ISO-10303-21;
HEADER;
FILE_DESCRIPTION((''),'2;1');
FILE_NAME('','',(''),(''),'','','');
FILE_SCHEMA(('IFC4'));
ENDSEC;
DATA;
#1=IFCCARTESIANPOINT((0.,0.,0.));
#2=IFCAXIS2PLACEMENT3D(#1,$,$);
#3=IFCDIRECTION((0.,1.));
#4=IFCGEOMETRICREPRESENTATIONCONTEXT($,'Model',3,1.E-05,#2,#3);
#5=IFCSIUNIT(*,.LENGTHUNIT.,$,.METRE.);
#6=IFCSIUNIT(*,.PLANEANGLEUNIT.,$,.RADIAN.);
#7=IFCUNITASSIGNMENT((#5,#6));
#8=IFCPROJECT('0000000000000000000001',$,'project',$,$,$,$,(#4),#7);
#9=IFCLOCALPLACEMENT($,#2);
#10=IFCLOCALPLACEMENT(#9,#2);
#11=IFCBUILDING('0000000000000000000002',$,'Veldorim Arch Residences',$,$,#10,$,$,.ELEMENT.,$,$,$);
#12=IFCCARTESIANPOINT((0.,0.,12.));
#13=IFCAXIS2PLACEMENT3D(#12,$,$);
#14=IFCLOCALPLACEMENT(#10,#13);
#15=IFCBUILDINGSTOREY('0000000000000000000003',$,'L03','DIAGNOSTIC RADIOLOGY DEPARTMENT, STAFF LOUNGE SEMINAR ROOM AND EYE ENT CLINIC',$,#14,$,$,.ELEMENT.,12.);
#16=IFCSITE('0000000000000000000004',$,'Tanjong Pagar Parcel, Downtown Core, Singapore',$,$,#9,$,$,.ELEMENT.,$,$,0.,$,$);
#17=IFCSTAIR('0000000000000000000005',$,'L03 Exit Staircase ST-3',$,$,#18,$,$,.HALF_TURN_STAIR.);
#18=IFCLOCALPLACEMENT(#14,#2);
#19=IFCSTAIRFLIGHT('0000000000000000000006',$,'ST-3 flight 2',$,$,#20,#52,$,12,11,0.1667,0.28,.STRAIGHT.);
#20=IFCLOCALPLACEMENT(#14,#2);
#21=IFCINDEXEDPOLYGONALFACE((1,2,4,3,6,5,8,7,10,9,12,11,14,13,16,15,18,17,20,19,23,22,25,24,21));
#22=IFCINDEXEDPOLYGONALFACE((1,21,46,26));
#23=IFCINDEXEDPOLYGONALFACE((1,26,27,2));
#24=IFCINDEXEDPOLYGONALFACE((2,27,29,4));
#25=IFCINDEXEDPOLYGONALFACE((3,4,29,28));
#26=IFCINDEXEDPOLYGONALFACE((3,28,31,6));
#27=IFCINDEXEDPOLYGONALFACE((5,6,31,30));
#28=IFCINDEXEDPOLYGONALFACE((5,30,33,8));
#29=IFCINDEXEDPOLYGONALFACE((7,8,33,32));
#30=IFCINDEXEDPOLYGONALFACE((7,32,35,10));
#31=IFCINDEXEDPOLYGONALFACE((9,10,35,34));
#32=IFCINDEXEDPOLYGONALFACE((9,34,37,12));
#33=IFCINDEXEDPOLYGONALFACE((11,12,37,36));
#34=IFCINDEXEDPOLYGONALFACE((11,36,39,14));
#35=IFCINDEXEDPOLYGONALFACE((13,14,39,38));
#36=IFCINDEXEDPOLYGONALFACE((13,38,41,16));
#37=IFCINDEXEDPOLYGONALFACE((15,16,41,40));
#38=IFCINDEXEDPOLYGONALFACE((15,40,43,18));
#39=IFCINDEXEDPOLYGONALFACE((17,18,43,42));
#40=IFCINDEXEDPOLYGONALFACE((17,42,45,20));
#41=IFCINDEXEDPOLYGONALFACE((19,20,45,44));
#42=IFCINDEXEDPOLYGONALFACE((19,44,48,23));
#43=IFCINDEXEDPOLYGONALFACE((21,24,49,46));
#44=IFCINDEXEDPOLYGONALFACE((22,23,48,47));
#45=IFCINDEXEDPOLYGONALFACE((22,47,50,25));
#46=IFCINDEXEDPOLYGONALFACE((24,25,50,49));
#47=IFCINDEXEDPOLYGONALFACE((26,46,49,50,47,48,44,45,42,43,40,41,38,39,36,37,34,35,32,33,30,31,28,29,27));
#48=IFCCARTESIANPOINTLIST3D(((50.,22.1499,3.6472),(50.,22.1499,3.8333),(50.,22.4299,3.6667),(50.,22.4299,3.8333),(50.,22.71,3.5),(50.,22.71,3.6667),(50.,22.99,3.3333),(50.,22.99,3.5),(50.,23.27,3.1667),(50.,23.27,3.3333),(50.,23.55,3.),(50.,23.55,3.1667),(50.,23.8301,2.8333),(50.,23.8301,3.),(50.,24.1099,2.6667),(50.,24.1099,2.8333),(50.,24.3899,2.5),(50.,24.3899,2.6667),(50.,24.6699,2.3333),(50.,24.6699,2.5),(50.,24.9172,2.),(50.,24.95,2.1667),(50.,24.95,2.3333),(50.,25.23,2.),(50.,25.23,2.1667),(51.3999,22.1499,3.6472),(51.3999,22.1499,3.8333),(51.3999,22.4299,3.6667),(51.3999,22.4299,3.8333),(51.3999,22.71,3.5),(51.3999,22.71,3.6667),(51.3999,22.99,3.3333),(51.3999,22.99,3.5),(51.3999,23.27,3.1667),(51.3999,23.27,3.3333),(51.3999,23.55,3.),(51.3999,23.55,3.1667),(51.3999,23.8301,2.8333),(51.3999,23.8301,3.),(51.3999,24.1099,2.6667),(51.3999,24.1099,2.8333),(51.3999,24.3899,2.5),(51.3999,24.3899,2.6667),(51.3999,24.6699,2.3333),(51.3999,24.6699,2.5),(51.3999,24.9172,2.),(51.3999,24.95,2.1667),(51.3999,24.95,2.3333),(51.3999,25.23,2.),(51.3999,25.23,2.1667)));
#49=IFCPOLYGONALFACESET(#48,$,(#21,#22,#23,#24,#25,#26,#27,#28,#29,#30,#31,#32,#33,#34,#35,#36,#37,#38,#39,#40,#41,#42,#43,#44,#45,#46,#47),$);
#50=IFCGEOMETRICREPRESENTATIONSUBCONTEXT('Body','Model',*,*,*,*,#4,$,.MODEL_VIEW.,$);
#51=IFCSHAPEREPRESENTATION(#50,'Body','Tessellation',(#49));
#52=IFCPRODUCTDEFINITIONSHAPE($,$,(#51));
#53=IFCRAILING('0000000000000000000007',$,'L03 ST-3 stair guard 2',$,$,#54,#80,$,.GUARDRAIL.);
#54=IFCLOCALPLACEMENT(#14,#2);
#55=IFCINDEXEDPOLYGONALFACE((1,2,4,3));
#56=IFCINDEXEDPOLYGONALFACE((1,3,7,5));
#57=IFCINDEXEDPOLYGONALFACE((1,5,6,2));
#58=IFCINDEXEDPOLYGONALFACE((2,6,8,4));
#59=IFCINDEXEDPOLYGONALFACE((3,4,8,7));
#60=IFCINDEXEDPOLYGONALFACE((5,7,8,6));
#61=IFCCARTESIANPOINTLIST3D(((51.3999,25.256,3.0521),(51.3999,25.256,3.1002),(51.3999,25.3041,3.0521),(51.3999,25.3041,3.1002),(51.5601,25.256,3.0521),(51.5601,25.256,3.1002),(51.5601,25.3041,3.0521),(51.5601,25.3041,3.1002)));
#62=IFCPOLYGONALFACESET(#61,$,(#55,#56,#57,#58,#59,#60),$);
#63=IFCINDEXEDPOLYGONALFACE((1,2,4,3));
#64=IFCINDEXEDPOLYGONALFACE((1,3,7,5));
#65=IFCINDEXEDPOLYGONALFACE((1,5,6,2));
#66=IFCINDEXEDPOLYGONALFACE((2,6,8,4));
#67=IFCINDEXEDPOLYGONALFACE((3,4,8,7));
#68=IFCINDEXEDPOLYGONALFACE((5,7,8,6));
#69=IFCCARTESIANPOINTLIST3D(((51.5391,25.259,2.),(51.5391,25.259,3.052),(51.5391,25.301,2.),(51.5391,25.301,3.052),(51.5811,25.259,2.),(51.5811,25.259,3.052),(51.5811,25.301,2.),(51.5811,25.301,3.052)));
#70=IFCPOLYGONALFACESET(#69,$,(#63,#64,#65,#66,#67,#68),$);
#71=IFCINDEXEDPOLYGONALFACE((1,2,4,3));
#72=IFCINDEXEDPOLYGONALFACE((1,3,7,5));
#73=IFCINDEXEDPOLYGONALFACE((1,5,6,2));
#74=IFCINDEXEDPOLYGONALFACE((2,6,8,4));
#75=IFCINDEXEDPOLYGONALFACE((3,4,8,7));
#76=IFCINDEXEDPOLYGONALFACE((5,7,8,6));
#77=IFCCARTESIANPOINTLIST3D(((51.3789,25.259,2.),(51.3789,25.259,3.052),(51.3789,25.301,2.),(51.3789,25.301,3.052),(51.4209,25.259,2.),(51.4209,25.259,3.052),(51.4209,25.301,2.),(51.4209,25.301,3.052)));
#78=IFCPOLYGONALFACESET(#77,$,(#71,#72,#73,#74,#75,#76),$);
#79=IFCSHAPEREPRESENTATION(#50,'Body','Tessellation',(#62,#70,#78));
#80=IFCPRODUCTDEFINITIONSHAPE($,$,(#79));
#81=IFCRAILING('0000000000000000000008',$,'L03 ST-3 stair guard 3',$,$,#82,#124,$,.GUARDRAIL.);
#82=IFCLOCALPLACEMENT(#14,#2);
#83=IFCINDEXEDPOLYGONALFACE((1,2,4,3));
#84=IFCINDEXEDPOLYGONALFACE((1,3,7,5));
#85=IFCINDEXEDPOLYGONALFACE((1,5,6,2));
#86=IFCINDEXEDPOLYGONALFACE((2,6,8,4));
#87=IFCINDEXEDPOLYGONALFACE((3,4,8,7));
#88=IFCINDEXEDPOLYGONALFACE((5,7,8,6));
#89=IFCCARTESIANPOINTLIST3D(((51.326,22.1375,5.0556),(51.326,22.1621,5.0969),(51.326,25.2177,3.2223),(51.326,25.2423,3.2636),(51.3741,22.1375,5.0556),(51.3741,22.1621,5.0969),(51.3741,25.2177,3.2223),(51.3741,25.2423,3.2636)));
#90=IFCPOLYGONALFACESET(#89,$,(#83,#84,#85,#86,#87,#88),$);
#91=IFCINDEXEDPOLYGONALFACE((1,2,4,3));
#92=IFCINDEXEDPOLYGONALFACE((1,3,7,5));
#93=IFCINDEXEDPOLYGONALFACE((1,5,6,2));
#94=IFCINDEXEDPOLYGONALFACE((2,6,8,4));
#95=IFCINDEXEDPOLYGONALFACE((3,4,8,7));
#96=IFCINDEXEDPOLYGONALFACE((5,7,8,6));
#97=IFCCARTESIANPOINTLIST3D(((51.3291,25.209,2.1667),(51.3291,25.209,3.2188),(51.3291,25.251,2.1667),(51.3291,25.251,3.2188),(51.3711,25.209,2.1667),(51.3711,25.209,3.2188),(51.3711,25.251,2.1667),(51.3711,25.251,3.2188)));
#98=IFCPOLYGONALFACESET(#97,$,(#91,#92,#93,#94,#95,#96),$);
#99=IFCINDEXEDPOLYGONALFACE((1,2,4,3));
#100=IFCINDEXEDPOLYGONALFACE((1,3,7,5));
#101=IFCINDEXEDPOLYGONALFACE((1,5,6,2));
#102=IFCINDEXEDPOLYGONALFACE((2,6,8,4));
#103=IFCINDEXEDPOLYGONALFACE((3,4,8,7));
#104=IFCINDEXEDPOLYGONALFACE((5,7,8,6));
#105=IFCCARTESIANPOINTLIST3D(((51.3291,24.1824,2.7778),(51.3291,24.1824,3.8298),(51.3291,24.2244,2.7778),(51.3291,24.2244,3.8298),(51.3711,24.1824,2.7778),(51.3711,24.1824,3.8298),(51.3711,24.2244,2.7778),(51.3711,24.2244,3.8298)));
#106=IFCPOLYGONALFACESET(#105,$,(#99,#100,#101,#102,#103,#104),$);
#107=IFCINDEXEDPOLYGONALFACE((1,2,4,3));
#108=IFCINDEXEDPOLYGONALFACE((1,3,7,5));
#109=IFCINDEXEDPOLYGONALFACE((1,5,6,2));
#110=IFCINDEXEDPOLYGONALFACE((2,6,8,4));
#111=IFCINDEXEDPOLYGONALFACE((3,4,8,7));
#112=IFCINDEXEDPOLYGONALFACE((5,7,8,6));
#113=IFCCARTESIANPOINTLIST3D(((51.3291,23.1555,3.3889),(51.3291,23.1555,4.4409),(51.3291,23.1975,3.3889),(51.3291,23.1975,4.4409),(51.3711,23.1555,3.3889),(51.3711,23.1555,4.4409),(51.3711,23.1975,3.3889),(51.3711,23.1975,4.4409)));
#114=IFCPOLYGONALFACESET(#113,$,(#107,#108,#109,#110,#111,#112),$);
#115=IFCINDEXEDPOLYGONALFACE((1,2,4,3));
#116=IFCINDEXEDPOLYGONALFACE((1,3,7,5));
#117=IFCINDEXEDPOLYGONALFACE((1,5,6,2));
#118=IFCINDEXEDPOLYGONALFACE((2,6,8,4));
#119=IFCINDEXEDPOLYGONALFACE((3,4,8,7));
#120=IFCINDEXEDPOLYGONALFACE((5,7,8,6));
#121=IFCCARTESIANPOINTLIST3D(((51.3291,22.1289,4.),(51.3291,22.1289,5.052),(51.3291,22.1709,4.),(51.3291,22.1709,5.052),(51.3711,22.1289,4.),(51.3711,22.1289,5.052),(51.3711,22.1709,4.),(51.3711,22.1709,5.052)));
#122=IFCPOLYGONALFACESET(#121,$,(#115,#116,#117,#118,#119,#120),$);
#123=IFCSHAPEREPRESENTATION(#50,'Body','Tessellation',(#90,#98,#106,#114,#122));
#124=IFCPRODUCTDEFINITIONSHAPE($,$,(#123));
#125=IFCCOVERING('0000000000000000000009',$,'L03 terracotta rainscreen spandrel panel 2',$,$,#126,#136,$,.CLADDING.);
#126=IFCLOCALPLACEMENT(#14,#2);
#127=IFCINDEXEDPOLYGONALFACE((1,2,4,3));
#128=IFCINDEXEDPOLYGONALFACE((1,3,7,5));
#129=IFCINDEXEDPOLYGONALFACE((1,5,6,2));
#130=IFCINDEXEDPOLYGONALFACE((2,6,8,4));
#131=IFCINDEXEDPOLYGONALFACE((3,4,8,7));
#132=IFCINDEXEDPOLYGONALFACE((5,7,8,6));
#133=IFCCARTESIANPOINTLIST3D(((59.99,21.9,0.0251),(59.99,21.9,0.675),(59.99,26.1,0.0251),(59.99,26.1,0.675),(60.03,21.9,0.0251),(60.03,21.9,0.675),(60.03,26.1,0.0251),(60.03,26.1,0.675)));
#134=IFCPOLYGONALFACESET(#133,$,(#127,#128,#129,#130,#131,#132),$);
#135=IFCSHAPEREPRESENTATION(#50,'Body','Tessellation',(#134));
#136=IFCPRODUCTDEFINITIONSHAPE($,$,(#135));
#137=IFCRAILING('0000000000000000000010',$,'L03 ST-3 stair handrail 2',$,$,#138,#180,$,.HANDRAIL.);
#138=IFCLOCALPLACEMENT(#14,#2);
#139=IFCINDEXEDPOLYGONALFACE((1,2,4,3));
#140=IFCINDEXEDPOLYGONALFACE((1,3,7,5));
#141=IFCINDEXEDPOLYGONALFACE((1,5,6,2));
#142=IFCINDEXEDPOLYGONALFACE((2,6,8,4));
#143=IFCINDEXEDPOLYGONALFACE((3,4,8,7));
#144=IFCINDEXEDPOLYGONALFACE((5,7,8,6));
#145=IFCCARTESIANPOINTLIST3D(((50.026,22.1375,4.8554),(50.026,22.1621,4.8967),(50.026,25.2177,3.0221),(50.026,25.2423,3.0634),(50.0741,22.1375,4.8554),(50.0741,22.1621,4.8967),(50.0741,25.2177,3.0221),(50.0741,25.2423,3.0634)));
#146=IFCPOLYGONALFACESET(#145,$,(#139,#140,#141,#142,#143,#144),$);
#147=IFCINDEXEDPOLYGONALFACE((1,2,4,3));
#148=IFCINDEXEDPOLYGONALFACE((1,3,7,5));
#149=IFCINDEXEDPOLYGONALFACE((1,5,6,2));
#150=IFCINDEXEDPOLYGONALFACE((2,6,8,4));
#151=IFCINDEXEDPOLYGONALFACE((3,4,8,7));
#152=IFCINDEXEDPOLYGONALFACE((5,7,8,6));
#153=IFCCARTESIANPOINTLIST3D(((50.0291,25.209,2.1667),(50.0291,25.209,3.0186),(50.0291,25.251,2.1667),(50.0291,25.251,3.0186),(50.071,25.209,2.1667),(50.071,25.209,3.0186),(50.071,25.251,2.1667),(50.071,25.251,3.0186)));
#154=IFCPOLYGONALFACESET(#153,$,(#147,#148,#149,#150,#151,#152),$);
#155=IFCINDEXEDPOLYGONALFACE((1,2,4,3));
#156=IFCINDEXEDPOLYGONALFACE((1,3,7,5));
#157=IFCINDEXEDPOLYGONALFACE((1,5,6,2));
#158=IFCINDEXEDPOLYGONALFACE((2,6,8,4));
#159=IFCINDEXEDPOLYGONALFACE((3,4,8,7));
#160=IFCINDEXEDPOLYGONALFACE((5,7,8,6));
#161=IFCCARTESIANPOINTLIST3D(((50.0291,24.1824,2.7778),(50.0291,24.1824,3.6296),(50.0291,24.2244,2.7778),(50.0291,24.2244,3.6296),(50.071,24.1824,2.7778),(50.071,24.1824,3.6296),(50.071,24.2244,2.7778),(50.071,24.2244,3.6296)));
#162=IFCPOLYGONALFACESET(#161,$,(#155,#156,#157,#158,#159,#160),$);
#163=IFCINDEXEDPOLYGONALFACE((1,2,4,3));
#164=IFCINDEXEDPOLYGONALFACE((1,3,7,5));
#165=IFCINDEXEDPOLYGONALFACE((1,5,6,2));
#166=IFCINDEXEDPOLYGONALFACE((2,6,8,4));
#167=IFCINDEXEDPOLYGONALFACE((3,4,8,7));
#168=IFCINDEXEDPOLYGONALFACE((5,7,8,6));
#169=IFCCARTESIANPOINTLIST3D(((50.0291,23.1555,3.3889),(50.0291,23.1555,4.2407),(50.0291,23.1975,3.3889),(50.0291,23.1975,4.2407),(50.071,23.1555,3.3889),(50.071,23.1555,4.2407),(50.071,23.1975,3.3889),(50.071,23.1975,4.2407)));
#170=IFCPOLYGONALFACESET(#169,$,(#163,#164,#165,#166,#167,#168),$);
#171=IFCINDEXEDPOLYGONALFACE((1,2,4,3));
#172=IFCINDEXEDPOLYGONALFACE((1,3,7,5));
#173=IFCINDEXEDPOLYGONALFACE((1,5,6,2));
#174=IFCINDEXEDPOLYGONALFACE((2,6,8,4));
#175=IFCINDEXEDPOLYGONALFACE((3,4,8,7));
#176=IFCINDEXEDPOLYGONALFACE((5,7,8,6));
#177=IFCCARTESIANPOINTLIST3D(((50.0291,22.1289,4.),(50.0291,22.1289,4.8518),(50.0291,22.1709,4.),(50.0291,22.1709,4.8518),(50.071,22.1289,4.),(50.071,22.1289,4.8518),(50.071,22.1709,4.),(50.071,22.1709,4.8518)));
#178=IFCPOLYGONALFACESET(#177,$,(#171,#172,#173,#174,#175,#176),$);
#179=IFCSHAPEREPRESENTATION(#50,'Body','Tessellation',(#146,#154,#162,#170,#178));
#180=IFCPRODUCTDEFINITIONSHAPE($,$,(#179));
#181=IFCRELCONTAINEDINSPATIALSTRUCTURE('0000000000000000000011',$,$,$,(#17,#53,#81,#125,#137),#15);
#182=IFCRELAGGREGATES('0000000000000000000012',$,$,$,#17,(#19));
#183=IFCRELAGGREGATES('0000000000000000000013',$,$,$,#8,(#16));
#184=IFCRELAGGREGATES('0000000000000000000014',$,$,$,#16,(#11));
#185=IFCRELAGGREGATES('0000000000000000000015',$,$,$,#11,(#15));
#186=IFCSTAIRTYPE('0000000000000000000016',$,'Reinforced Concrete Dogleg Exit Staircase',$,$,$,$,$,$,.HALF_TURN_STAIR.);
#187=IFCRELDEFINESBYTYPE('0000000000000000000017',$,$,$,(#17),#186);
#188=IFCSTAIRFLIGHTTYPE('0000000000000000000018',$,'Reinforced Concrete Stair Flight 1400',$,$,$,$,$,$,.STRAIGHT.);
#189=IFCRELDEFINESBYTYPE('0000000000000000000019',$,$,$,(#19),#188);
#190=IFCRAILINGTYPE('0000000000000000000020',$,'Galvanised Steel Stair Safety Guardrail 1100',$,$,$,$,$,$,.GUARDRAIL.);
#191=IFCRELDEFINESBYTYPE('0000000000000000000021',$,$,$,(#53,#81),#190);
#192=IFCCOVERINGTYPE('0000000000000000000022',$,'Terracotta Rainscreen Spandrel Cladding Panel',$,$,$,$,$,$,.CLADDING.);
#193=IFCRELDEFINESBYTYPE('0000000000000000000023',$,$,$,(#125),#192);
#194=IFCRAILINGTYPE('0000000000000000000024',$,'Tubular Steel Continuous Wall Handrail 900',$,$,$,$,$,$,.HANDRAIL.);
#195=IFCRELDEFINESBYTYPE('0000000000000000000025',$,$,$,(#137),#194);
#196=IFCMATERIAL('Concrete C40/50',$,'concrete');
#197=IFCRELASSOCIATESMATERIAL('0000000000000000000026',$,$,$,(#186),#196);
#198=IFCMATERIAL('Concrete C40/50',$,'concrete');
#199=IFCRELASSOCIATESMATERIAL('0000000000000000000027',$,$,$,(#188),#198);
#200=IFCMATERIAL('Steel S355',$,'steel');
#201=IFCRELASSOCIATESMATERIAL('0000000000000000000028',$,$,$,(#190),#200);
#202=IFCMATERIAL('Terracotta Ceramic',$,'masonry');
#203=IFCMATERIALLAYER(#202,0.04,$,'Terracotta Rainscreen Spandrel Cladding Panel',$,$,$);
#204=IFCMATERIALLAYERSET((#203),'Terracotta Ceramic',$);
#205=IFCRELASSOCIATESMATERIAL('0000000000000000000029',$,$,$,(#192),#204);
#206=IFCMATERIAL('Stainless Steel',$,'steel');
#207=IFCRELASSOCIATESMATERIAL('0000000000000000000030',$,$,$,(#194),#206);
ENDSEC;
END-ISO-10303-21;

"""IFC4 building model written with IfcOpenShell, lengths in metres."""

from ifc_helpers import new_model, si_unit, direction, frame, origin, origin_2d, place, context, subcontext, project, spatial, polyline, rectangle, outline, extrude, material, layer, layer_set, type_object, element, aggregate, save


model = new_model("IFC4")

# Units and contexts
model_context = context("Model", 3, precision=1e-05, world=origin(), true_north=direction((0.0, 1.0)))
body_context = subcontext(model_context, "Body", "Model", "MODEL_VIEW")
ifc_project = project(units=[si_unit("LENGTHUNIT", "METRE"), si_unit("PLANEANGLEUNIT", "RADIAN")], contexts=[model_context])

# Site, building, storey
site_placement = place(None, origin())
site = spatial("IfcSite", under=ifc_project, at=site_placement, Name="Tanjong Pagar Parcel, Downtown Core, Singapore", CompositionType="ELEMENT", RefElevation=0.0)
building_placement = place(site_placement, origin())
building = spatial("IfcBuilding", under=site, at=building_placement, Name="Veldorim Arch Residences", CompositionType="ELEMENT")
storey_placement = place(building_placement, frame((0.0, 0.0, 12.0)))
storey = spatial("IfcBuildingStorey", under=building, at=storey_placement, Name="L03", Description="DIAGNOSTIC RADIOLOGY DEPARTMENT, STAFF LOUNGE SEMINAR ROOM AND EYE ENT CLINIC", CompositionType="ELEMENT", Elevation=12.0)

# Stair, stair flight
ifc_material_1 = material(Name="Concrete C40/50", Category="concrete")
stair_type = type_object("IfcStairType", Name="Reinforced Concrete Dogleg Exit Staircase", PredefinedType="HALF_TURN_STAIR", material=ifc_material_1)
stair_placement = place(storey_placement, origin())
stair = element("IfcStair", 1, at=stair_placement, inside=storey, type_object=stair_type, Name="L03 Exit Staircase ST-3", PredefinedType="HALF_TURN_STAIR")
ifc_material_2 = material(Name="Concrete C40/50", Category="concrete")
stair_flight_type = type_object("IfcStairFlightType", Name="Reinforced Concrete Stair Flight 1400", PredefinedType="STRAIGHT", material=ifc_material_2)
stair_flight_placement = place(storey_placement, frame((50.7, 25.23, 2.0), z_axis=(0.0, 0.0, 1.0), x_axis=(0.0, -1.0, 0.0)))
stair_flight = element("IfcStairFlight", 2, at=stair_flight_placement, type_object=stair_flight_type, Name="ST-3 flight 2", NumberOfRisers=12, NumberOfTreads=11, PredefinedType="STRAIGHT", RiserHeight=0.1667, TreadLength=0.28, context=body_context, shape_type="SweptSolid", body=[
    extrude(outline(polyline([(0.0, 0.0), (0.0, 0.1667), (0.28, 0.1667), (0.28, 0.3333), (0.5601, 0.3333), (0.5601, 0.5), (0.8401, 0.5), (0.8401, 0.6667), (1.1201, 0.6667), (1.1201, 0.8333), (1.3999, 0.8333), (1.3999, 1.0), (1.6799, 1.0), (1.6799, 1.1667), (1.96, 1.1667), (1.96, 1.3333), (2.24, 1.3333), (2.24, 1.5), (2.52, 1.5), (2.52, 1.6667), (2.8, 1.6667), (2.8, 1.8333), (3.0801, 1.8333), (3.0801, 2.0), (3.0801, 1.6472), (0.3127, 0.0), (0.0, 0.0)])), frame((0.0, 0.7, 0.0), z_axis=(0.0, -1.0, 0.0), x_axis=(1.0, 0.0, 0.0)), (0.0, 0.0, 1.0), 1.3999),
])
aggregate(stair, [stair_flight])

# Railings
ifc_material_3 = material(Name="Steel S355", Category="steel")
railing_type_1 = type_object("IfcRailingType", Name="Galvanised Steel Stair Safety Guardrail 1100", PredefinedType="GUARDRAIL", material=ifc_material_3)
railing_1_placement = place(storey_placement, frame((51.5601, 25.28, 2.0)))
element("IfcRailing", 3, at=railing_1_placement, inside=storey, type_object=railing_type_1, Name="L03 ST-3 stair guard 2", PredefinedType="GUARDRAIL", context=body_context, shape_type="SweptSolid", body=[
    extrude(rectangle(XDim=0.0481, YDim=0.0481, at=origin_2d()), frame((0.0, 0.0, 1.0762), z_axis=(-1.0, 0.0, 0.0), x_axis=(0.0, -1.0, 0.0)), (0.0, 0.0, 1.0), 0.1602),
    extrude(rectangle(XDim=0.042, YDim=0.042, at=origin_2d()), origin(), (0.0, 0.0, 1.0), 1.052),
    extrude(rectangle(XDim=0.042, YDim=0.042, at=origin_2d()), frame((-0.1602, 0.0, 0.0)), (0.0, 0.0, 1.0), 1.052),
])
railing_2_placement = place(storey_placement, frame((51.3501, 25.23, 2.1667)))
element("IfcRailing", 4, at=railing_2_placement, inside=storey, type_object=railing_type_1, Name="L03 ST-3 stair guard 3", PredefinedType="GUARDRAIL", context=body_context, shape_type="SweptSolid", body=[
    extrude(rectangle(XDim=0.0481, YDim=0.0481, at=origin_2d()), frame((0.0, 0.0, 1.0762), z_axis=(0.0, -0.859309, 0.511458), x_axis=(1.0, 0.0, 0.0)), (0.0, 0.0, 1.0), 3.5845),
    extrude(rectangle(XDim=0.042, YDim=0.042, at=origin_2d()), origin(), (0.0, 0.0, 1.0), 1.052),
    extrude(rectangle(XDim=0.042, YDim=0.042, at=origin_2d()), frame((0.0, -1.0266, 0.6111)), (0.0, 0.0, 1.0), 1.052),
    extrude(rectangle(XDim=0.042, YDim=0.042, at=origin_2d()), frame((0.0, -2.0535, 1.2222)), (0.0, 0.0, 1.0), 1.052),
    extrude(rectangle(XDim=0.042, YDim=0.042, at=origin_2d()), frame((0.0, -3.0801, 1.8333)), (0.0, 0.0, 1.0), 1.052),
])

# Covering
ifc_material_4 = material(Name="Terracotta Ceramic", Category="masonry")
ifc_layer_1 = layer(ifc_material_4, 0.04, Name="Terracotta Rainscreen Spandrel Cladding Panel")
ifc_layer_set_1 = layer_set([ifc_layer_1], Name="Terracotta Ceramic")
covering_type = type_object("IfcCoveringType", Name="Terracotta Rainscreen Spandrel Cladding Panel", PredefinedType="CLADDING", material=ifc_layer_set_1)
covering_placement = place(storey_placement, frame((60.01, 24.0, 0.0251), z_axis=(0.0, 0.0, 1.0), x_axis=(0.0, 1.0, 0.0)))
element("IfcCovering", 5, at=covering_placement, inside=storey, type_object=covering_type, Name="L03 terracotta rainscreen spandrel panel 2", PredefinedType="CLADDING", context=body_context, shape_type="SweptSolid", body=[
    extrude(rectangle(XDim=4.2, YDim=0.04, at=origin_2d()), origin(), (0.0, 0.0, 1.0), 0.6499),
])

# Railing
ifc_material_5 = material(Name="Stainless Steel", Category="steel")
railing_type_2 = type_object("IfcRailingType", Name="Tubular Steel Continuous Wall Handrail 900", PredefinedType="HANDRAIL", material=ifc_material_5)
railing_3_placement = place(storey_placement, frame((50.05, 25.23, 2.1667)))
element("IfcRailing", 6, at=railing_3_placement, inside=storey, type_object=railing_type_2, Name="L03 ST-3 stair handrail 2", PredefinedType="HANDRAIL", context=body_context, shape_type="SweptSolid", body=[
    extrude(rectangle(XDim=0.0481, YDim=0.0481, at=origin_2d()), frame((0.0, 0.0, 0.876), z_axis=(0.0, -0.859309, 0.511458), x_axis=(1.0, 0.0, 0.0)), (0.0, 0.0, 1.0), 3.5845),
    extrude(rectangle(XDim=0.042, YDim=0.042, at=origin_2d()), origin(), (0.0, 0.0, 1.0), 0.8518),
    extrude(rectangle(XDim=0.042, YDim=0.042, at=origin_2d()), frame((0.0, -1.0266, 0.6111)), (0.0, 0.0, 1.0), 0.8518),
    extrude(rectangle(XDim=0.042, YDim=0.042, at=origin_2d()), frame((0.0, -2.0535, 1.2222)), (0.0, 0.0, 1.0), 0.8518),
    extrude(rectangle(XDim=0.042, YDim=0.042, at=origin_2d()), frame((0.0, -3.0801, 1.8333)), (0.0, 0.0, 1.0), 0.8518),
])

save(model, "model.ifc")
